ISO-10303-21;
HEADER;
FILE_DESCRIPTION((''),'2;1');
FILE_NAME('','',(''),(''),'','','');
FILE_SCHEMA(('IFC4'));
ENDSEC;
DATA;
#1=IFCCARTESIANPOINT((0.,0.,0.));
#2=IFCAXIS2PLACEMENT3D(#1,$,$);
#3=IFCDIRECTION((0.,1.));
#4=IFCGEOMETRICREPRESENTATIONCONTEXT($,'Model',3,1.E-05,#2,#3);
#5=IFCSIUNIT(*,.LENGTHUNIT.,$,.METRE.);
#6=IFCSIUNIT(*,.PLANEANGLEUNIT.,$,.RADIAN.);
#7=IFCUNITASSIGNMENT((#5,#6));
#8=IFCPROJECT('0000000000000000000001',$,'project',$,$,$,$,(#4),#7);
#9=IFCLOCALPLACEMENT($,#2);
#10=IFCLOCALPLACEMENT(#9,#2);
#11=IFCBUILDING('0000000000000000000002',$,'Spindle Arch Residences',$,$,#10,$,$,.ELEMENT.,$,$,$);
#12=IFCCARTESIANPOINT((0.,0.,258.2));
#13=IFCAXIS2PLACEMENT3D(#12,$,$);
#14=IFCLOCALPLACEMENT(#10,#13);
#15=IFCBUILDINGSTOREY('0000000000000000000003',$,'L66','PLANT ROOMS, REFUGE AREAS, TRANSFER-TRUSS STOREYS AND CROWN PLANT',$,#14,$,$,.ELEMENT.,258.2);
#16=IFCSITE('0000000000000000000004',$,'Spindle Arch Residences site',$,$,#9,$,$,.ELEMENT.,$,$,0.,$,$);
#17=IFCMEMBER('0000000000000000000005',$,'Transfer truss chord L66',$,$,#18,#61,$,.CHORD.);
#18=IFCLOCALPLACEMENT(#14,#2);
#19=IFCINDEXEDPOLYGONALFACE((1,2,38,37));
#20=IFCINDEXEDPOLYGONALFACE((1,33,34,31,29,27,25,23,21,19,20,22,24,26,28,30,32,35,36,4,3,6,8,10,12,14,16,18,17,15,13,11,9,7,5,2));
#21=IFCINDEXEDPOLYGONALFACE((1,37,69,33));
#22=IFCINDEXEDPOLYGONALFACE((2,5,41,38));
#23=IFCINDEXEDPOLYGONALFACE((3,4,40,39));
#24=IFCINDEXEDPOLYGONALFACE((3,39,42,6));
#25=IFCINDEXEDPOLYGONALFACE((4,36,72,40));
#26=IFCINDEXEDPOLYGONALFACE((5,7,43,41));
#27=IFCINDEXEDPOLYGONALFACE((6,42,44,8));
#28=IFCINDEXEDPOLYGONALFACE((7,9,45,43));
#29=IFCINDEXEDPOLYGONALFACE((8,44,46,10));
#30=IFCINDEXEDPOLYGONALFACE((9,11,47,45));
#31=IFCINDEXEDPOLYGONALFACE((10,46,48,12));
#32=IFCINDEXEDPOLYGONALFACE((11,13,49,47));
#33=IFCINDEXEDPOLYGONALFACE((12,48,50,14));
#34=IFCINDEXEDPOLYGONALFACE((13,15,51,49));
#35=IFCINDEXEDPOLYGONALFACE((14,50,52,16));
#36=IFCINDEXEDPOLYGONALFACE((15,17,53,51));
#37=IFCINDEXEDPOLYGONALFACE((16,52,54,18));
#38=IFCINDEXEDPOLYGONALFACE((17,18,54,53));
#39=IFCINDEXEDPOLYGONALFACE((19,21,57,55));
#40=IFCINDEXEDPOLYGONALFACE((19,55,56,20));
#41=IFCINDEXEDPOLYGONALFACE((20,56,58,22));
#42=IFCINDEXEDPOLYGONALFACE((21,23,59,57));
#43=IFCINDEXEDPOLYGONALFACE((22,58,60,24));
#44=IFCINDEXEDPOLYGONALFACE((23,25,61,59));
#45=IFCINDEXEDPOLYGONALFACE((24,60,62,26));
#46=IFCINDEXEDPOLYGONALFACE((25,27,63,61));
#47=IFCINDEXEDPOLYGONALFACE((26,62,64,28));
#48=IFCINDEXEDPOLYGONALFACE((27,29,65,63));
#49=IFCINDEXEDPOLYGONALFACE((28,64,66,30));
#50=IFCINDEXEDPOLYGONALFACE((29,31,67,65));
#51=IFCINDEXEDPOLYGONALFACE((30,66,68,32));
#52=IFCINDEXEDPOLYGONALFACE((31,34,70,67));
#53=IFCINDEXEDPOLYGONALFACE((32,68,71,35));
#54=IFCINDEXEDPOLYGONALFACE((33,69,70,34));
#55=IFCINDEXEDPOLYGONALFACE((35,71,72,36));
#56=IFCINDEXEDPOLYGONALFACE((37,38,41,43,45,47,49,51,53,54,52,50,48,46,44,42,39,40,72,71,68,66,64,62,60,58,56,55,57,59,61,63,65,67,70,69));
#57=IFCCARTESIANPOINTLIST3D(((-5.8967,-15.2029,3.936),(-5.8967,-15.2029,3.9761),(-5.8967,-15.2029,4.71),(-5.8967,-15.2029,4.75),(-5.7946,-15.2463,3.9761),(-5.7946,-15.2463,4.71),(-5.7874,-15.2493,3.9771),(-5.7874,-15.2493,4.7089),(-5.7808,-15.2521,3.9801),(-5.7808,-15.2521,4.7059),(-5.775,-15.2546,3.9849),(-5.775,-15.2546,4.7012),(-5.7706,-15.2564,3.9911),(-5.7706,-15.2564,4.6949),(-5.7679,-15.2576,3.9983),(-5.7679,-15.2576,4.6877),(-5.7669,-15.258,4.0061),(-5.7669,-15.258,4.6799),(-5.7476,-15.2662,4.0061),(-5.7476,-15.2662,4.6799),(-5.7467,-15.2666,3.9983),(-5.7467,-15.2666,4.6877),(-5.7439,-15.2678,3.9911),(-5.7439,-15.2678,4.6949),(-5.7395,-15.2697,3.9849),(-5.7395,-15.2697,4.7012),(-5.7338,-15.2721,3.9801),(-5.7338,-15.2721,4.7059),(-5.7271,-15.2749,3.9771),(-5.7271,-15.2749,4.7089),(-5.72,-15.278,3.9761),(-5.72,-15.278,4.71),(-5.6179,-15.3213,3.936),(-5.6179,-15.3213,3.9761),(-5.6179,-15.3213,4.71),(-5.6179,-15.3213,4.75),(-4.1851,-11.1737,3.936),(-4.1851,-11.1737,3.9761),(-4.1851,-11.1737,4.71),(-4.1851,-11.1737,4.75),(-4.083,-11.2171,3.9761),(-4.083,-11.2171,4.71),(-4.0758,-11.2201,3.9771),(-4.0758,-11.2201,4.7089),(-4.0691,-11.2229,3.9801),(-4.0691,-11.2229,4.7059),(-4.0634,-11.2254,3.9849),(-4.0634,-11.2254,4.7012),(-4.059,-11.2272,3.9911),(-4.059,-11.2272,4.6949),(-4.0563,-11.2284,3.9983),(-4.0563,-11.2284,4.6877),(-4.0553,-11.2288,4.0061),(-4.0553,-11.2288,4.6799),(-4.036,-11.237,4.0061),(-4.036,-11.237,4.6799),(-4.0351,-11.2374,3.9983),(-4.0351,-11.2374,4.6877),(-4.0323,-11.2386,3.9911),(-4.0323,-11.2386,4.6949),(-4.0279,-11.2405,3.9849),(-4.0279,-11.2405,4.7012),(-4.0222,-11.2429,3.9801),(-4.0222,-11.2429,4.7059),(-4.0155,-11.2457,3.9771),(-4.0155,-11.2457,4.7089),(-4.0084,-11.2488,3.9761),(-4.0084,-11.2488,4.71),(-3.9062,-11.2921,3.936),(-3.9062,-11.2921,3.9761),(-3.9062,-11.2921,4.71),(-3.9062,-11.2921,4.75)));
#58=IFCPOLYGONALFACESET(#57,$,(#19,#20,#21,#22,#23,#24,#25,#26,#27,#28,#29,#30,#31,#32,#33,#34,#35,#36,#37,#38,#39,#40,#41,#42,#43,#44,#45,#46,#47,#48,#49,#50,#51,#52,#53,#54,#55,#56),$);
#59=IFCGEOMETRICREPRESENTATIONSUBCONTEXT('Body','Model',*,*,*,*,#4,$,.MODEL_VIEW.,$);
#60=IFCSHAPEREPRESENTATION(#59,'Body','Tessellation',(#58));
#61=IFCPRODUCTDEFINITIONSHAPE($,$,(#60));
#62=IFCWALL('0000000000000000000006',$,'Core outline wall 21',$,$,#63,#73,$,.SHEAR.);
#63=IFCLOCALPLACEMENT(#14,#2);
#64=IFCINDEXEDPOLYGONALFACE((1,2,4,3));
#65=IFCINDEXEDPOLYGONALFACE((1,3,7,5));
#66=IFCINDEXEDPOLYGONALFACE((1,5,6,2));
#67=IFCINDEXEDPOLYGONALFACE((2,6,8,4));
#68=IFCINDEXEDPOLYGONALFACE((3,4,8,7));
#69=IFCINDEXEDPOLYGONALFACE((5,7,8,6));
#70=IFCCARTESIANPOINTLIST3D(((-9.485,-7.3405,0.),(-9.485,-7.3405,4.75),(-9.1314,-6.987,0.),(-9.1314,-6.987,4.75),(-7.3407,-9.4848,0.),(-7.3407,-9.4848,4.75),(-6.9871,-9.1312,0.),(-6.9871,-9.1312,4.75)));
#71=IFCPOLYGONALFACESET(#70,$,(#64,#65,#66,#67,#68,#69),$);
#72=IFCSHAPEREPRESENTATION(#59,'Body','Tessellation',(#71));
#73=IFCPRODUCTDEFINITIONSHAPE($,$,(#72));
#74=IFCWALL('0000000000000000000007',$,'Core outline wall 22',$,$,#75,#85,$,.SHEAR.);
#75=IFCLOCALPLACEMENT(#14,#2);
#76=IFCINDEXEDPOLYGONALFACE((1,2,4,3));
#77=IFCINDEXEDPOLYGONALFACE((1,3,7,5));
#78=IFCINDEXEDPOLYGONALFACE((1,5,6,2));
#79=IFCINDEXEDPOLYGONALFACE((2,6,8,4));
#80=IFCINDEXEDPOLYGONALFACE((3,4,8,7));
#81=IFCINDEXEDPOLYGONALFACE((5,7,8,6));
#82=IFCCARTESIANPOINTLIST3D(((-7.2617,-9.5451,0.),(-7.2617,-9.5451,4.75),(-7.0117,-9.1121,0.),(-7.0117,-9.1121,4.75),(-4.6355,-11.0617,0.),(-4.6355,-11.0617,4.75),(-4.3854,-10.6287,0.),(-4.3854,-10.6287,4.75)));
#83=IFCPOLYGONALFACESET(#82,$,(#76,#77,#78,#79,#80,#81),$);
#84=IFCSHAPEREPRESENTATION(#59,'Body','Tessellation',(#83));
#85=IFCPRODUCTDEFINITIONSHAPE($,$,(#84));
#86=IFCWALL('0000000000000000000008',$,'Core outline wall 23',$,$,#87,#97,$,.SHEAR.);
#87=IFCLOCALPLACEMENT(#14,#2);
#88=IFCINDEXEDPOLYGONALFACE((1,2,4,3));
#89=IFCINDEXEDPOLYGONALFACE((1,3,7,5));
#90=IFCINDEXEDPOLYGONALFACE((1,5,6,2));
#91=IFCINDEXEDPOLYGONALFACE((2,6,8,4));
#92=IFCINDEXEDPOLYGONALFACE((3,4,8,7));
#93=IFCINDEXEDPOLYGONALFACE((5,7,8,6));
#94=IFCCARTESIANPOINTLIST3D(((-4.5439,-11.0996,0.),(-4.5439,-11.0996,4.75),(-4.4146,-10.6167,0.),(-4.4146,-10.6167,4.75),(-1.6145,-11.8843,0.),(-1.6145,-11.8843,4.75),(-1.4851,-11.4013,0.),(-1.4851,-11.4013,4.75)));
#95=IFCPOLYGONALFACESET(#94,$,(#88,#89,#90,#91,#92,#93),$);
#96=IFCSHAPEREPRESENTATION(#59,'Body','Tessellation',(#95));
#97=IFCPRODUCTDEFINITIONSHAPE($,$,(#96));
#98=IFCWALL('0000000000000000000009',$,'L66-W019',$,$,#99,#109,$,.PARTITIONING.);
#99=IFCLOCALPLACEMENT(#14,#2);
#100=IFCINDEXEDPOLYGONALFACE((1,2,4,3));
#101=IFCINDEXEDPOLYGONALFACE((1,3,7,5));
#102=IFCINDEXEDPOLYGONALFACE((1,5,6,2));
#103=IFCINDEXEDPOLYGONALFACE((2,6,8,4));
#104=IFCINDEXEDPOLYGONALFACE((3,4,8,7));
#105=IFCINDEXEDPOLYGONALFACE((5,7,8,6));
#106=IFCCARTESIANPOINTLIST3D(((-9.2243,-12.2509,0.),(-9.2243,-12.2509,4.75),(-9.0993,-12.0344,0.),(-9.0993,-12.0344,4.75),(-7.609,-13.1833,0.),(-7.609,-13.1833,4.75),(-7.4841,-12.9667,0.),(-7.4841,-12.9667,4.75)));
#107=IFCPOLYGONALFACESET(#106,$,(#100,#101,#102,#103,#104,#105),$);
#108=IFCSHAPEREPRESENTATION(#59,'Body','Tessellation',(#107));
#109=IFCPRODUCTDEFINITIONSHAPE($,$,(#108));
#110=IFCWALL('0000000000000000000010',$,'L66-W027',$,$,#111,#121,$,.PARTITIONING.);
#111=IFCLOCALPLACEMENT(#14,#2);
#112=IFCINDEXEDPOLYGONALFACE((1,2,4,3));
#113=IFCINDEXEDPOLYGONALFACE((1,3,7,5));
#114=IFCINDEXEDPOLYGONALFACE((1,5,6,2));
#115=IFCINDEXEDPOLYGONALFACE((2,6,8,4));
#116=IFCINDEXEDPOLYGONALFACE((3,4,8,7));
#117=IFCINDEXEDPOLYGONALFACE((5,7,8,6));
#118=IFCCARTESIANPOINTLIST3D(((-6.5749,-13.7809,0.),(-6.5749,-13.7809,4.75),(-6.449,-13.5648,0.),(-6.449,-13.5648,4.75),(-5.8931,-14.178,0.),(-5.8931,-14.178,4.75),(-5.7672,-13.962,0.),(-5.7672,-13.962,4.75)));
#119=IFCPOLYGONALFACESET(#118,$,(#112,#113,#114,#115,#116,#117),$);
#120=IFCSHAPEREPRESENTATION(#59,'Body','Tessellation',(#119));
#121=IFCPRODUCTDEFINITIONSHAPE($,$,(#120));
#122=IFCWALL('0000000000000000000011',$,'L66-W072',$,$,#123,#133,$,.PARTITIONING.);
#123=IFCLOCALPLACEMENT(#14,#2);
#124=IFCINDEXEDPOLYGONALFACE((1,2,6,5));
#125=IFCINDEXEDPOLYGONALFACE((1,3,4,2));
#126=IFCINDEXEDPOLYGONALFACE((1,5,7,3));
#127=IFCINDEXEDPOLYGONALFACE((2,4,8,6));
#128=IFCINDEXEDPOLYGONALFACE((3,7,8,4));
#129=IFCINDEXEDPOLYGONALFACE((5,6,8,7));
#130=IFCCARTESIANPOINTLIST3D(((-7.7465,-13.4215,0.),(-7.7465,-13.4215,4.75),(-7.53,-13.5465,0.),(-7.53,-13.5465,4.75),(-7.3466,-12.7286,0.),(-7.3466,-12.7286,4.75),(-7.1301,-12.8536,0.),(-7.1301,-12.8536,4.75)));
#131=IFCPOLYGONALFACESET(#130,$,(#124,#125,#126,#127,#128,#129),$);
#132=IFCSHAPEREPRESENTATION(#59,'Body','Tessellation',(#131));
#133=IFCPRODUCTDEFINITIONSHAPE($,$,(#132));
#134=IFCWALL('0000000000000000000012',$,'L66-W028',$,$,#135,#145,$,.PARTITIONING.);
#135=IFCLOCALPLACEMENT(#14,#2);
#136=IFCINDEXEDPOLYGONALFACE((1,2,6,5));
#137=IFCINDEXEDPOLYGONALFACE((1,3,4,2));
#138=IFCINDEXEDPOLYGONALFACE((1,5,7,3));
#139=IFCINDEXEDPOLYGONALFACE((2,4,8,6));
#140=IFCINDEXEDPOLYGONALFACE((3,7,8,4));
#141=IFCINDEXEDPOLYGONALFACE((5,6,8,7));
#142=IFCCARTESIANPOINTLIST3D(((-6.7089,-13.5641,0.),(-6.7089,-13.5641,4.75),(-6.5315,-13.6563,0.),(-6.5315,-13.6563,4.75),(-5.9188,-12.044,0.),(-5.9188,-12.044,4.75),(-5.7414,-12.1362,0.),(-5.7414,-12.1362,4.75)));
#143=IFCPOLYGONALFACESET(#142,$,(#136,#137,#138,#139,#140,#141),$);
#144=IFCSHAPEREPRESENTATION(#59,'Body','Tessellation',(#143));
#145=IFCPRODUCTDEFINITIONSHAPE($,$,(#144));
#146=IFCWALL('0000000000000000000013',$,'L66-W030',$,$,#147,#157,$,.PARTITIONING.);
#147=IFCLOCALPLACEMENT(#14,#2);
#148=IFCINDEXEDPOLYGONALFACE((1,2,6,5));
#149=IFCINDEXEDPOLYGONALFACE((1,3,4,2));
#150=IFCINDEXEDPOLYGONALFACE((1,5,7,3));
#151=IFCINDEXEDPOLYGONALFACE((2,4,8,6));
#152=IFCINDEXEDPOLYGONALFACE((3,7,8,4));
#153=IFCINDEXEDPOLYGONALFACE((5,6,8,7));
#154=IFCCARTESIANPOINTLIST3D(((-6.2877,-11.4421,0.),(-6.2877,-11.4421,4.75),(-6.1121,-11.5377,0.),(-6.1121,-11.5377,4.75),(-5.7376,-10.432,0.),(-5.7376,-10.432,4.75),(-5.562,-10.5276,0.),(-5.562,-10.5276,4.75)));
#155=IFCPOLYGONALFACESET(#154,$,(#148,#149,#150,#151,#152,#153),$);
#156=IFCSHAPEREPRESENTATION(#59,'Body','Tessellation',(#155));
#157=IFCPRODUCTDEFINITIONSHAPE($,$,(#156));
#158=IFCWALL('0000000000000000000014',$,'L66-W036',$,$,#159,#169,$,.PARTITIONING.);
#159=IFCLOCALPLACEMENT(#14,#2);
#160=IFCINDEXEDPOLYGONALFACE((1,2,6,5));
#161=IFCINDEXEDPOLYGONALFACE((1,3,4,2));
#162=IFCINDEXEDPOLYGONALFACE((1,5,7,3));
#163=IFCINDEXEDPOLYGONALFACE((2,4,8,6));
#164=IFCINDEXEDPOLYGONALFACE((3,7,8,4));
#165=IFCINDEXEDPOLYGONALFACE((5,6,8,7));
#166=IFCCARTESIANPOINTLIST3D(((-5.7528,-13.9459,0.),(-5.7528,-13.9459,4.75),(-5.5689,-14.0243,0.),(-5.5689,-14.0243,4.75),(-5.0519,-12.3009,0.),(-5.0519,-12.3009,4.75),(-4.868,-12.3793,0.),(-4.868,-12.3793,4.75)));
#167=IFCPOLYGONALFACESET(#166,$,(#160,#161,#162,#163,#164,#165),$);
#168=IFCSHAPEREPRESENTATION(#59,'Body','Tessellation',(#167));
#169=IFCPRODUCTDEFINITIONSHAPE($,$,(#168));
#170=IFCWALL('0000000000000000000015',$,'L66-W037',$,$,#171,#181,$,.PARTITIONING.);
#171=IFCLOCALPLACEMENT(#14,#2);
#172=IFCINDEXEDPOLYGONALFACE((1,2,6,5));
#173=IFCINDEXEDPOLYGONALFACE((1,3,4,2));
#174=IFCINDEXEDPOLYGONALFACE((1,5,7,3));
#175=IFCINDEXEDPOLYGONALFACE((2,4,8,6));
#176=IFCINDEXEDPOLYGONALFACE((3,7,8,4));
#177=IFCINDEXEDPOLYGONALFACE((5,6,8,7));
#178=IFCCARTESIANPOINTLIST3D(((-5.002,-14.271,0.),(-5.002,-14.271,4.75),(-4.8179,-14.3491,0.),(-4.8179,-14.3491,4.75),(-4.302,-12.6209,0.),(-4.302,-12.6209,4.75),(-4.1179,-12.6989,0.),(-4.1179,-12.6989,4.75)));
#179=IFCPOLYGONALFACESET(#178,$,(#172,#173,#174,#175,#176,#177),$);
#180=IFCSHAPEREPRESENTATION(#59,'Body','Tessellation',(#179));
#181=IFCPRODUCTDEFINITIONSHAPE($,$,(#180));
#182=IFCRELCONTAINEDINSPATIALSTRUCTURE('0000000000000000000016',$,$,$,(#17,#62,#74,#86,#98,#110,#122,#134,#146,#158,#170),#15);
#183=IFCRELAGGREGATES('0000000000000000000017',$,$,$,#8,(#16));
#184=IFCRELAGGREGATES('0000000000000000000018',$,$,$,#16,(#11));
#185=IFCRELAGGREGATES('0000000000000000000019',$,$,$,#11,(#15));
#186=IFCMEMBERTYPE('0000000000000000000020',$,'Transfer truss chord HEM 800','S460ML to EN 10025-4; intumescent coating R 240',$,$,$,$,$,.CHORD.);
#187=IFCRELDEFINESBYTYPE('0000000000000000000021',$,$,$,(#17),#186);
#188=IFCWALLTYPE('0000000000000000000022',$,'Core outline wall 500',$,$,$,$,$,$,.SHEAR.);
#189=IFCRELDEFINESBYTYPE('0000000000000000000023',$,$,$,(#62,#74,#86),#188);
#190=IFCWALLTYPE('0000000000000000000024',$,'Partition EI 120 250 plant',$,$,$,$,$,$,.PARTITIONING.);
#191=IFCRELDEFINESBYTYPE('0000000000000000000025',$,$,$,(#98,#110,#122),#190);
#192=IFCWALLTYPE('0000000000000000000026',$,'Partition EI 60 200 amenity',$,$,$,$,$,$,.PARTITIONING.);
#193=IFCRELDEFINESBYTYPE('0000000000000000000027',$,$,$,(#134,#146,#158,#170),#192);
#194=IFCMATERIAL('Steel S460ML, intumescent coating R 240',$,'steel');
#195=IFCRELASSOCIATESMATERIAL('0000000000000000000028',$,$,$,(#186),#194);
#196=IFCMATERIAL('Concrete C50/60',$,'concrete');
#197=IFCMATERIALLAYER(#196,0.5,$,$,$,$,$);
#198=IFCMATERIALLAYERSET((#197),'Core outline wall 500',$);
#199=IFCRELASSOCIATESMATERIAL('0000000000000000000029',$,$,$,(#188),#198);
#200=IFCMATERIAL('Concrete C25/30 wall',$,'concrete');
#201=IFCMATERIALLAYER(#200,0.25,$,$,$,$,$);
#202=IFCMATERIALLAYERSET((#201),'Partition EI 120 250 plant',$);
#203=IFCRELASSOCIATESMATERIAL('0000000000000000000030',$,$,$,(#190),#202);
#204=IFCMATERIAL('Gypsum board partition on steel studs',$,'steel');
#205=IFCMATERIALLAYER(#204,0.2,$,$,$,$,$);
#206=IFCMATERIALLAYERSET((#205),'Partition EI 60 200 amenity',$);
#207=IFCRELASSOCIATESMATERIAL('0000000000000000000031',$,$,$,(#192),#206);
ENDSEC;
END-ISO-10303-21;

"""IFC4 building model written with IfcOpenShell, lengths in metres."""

from ifc_helpers import new_model, si_unit, direction, frame, frame_2d, origin, origin_2d, place, context, subcontext, project, spatial, rectangle, i_section, extrude, material, layer, layer_set, material_profile, profile_set, type_object, element, save


model = new_model("IFC4")

# Units and contexts
model_context = context("Model", 3, precision=1e-05, world=origin(), true_north=direction((0.0, 1.0)))
body_context = subcontext(model_context, "Body", "Model", "MODEL_VIEW")
ifc_project = project(units=[si_unit("LENGTHUNIT", "METRE"), si_unit("PLANEANGLEUNIT", "RADIAN")], contexts=[model_context])

# Site, building, storey
site_placement = place(None, origin())
site = spatial("IfcSite", under=ifc_project, at=site_placement, Name="Spindle Arch Residences site", CompositionType="ELEMENT", RefElevation=0.0)
building_placement = place(site_placement, origin())
building = spatial("IfcBuilding", under=site, at=building_placement, Name="Spindle Arch Residences", CompositionType="ELEMENT")
storey_placement = place(building_placement, frame((0.0, 0.0, 258.2)))
storey = spatial("IfcBuildingStorey", under=building, at=storey_placement, Name="L66", Description="PLANT ROOMS, REFUGE AREAS, TRANSFER-TRUSS STOREYS AND CROWN PLANT", CompositionType="ELEMENT", Elevation=258.2)

# Member
ifc_material_1 = material(Name="Steel S460ML, intumescent coating R 240", Category="steel")
ifc_material_profile_1 = material_profile(ifc_material_1, i_section(OverallWidth=0.303, OverallDepth=0.814, WebThickness=0.021, FlangeThickness=0.04, FilletRadius=0.03, at=origin_2d()), Name="HEM 800")
ifc_profile_set_1 = profile_set([ifc_material_profile_1], Name="Steel S460ML, intumescent coating R 240")
member_type = type_object("IfcMemberType", Name="Transfer truss chord HEM 800", Description="S460ML to EN 10025-4; intumescent coating R 240", PredefinedType="CHORD", material=ifc_profile_set_1)
for number, where, z_axis, x_axis, name in (
    (1, (-4.0457, -11.2329, 4.343), (-0.390989, -0.920395, 0.0), (0.920395, -0.390989, 0.0), "Transfer truss chord L66"),
):
    element("IfcMember", number, at=place(storey_placement, frame(where, z_axis=z_axis, x_axis=x_axis)), inside=storey, type_object=member_type, Name=name, PredefinedType="CHORD", context=body_context, shape_type="SweptSolid", body=[
        extrude(i_section(OverallWidth=0.303, OverallDepth=0.814, WebThickness=0.021, FlangeThickness=0.04, FilletRadius=0.03, at=origin_2d()), origin(), (0.0, 0.0, 1.0), 4.3777),
    ])

# Walls
ifc_material_2 = material(Name="Concrete C50/60", Category="concrete")
ifc_layer_1 = layer(ifc_material_2, 0.5)
ifc_layer_set_1 = layer_set([ifc_layer_1], Name="Core outline wall 500")
wall_type_1 = type_object("IfcWallType", Name="Core outline wall 500", PredefinedType="SHEAR", material=ifc_layer_set_1)
wall_1_placement = place(storey_placement, frame((-9.3081, -7.1638, 0.0), z_axis=(0.0, 0.0, 1.0), x_axis=(0.707107, -0.707107, 0.0)))
element("IfcWall", 2, at=wall_1_placement, inside=storey, type_object=wall_type_1, Name="Core outline wall 21", PredefinedType="SHEAR", context=body_context, shape_type="SweptSolid", body=[
    extrude(rectangle(XDim=3.0325, YDim=0.5, at=frame_2d((1.5161, 0.0))), origin(), (0.0, 0.0, 1.0), 4.75),
])
for number, where, z_axis, x_axis, name in (
    (3, (-7.1367, -9.3286, 0.0), (0.0, 0.0, 1.0), (0.865975, -0.500087, 0.0), "Core outline wall 22"),
    (4, (-4.4792, -10.8582, 0.0), (0.0, 0.0, 1.0), (0.965948, -0.258735, 0.0), "Core outline wall 23"),
):
    element("IfcWall", number, at=place(storey_placement, frame(where, z_axis=z_axis, x_axis=x_axis)), inside=storey, type_object=wall_type_1, Name=name, PredefinedType="SHEAR", context=body_context, shape_type="SweptSolid", body=[
        extrude(rectangle(XDim=3.0327, YDim=0.5, at=frame_2d((1.5164, 0.0))), origin(), (0.0, 0.0, 1.0), 4.75),
    ])
ifc_material_3 = material(Name="Concrete C25/30 wall", Category="concrete")
ifc_layer_2 = layer(ifc_material_3, 0.25)
ifc_layer_set_2 = layer_set([ifc_layer_2], Name="Partition EI 120 250 plant")
wall_type_2 = type_object("IfcWallType", Name="Partition EI 120 250 plant", PredefinedType="PARTITIONING", material=ifc_layer_set_2)
wall_2_placement = place(storey_placement, frame((-9.1619, -12.1426, 0.0), z_axis=(0.0, 0.0, 1.0), x_axis=(0.866068, -0.499926, 0.0)))
element("IfcWall", 5, at=wall_2_placement, inside=storey, type_object=wall_type_2, Name="L66-W019", PredefinedType="PARTITIONING", context=body_context, shape_type="SweptSolid", body=[
    extrude(rectangle(XDim=1.865, YDim=0.25, at=frame_2d((0.9326, 0.0))), origin(), (0.0, 0.0, 1.0), 4.75),
])
wall_3_placement = place(storey_placement, frame((-6.512, -13.6729, 0.0), z_axis=(0.0, 0.0, 1.0), x_axis=(0.864082, -0.503352, 0.0)))
element("IfcWall", 6, at=wall_3_placement, inside=storey, type_object=wall_type_2, Name="L66-W027", PredefinedType="PARTITIONING", context=body_context, shape_type="SweptSolid", body=[
    extrude(rectangle(XDim=0.7891, YDim=0.25, at=frame_2d((0.3945, 0.0))), origin(), (0.0, 0.0, 1.0), 4.75),
])
wall_4_placement = place(storey_placement, frame((-7.6382, -13.4839, 0.0), z_axis=(0.0, 0.0, 1.0), x_axis=(0.499881, 0.866094, 0.0)))
element("IfcWall", 7, at=wall_4_placement, inside=storey, type_object=wall_type_2, Name="L66-W072", PredefinedType="PARTITIONING", context=body_context, shape_type="SweptSolid", body=[
    extrude(rectangle(XDim=0.8, YDim=0.25, at=frame_2d((0.3999, 0.0))), origin(), (0.0, 0.0, 1.0), 4.75),
])
ifc_material_4 = material(Name="Gypsum board partition on steel studs", Category="steel")
ifc_layer_3 = layer(ifc_material_4, 0.2)
ifc_layer_set_3 = layer_set([ifc_layer_3], Name="Partition EI 60 200 amenity")
wall_type_3 = type_object("IfcWallType", Name="Partition EI 60 200 amenity", PredefinedType="PARTITIONING", material=ifc_layer_set_3)
wall_5_placement = place(storey_placement, frame((-6.6201, -13.6101, 0.0), z_axis=(0.0, 0.0, 1.0), x_axis=(0.461182, 0.887305, 0.0)))
element("IfcWall", 8, at=wall_5_placement, inside=storey, type_object=wall_type_3, Name="L66-W028", PredefinedType="PARTITIONING", context=body_context, shape_type="SweptSolid", body=[
    extrude(rectangle(XDim=1.7131, YDim=0.2, at=frame_2d((0.8564, 0.0))), origin(), (0.0, 0.0, 1.0), 4.75),
])
wall_6_placement = place(storey_placement, frame((-6.2, -11.49, 0.0), z_axis=(0.0, 0.0, 1.0), x_axis=(0.478272, 0.878212, 0.0)))
element("IfcWall", 9, at=wall_6_placement, inside=storey, type_object=wall_type_3, Name="L66-W030", PredefinedType="PARTITIONING", context=body_context, shape_type="SweptSolid", body=[
    extrude(rectangle(XDim=1.1501, YDim=0.2, at=frame_2d((0.5752, 0.0))), origin(), (0.0, 0.0, 1.0), 4.75),
])
wall_7_placement = place(storey_placement, frame((-4.96, -12.3401, 0.0), z_axis=(0.0, 0.0, 1.0), x_axis=(-0.39199, -0.919969, 0.0)))
element("IfcWall", 10, at=wall_7_placement, inside=storey, type_object=wall_type_3, Name="L66-W036", PredefinedType="PARTITIONING", context=body_context, shape_type="SweptSolid", body=[
    extrude(rectangle(XDim=1.7881, YDim=0.2, at=frame_2d((0.894, 0.0))), origin(), (0.0, 0.0, 1.0), 4.75),
])
wall_8_placement = place(storey_placement, frame((-4.9099, -14.3101, 0.0), z_axis=(0.0, 0.0, 1.0), x_axis=(0.390497, 0.920604, 0.0)))
element("IfcWall", 11, at=wall_8_placement, inside=storey, type_object=wall_type_3, Name="L66-W037", PredefinedType="PARTITIONING", context=body_context, shape_type="SweptSolid", body=[
    extrude(rectangle(XDim=1.7925, YDim=0.2, at=frame_2d((0.8962, 0.0))), origin(), (0.0, 0.0, 1.0), 4.75),
])

save(model, "model.ifc")
